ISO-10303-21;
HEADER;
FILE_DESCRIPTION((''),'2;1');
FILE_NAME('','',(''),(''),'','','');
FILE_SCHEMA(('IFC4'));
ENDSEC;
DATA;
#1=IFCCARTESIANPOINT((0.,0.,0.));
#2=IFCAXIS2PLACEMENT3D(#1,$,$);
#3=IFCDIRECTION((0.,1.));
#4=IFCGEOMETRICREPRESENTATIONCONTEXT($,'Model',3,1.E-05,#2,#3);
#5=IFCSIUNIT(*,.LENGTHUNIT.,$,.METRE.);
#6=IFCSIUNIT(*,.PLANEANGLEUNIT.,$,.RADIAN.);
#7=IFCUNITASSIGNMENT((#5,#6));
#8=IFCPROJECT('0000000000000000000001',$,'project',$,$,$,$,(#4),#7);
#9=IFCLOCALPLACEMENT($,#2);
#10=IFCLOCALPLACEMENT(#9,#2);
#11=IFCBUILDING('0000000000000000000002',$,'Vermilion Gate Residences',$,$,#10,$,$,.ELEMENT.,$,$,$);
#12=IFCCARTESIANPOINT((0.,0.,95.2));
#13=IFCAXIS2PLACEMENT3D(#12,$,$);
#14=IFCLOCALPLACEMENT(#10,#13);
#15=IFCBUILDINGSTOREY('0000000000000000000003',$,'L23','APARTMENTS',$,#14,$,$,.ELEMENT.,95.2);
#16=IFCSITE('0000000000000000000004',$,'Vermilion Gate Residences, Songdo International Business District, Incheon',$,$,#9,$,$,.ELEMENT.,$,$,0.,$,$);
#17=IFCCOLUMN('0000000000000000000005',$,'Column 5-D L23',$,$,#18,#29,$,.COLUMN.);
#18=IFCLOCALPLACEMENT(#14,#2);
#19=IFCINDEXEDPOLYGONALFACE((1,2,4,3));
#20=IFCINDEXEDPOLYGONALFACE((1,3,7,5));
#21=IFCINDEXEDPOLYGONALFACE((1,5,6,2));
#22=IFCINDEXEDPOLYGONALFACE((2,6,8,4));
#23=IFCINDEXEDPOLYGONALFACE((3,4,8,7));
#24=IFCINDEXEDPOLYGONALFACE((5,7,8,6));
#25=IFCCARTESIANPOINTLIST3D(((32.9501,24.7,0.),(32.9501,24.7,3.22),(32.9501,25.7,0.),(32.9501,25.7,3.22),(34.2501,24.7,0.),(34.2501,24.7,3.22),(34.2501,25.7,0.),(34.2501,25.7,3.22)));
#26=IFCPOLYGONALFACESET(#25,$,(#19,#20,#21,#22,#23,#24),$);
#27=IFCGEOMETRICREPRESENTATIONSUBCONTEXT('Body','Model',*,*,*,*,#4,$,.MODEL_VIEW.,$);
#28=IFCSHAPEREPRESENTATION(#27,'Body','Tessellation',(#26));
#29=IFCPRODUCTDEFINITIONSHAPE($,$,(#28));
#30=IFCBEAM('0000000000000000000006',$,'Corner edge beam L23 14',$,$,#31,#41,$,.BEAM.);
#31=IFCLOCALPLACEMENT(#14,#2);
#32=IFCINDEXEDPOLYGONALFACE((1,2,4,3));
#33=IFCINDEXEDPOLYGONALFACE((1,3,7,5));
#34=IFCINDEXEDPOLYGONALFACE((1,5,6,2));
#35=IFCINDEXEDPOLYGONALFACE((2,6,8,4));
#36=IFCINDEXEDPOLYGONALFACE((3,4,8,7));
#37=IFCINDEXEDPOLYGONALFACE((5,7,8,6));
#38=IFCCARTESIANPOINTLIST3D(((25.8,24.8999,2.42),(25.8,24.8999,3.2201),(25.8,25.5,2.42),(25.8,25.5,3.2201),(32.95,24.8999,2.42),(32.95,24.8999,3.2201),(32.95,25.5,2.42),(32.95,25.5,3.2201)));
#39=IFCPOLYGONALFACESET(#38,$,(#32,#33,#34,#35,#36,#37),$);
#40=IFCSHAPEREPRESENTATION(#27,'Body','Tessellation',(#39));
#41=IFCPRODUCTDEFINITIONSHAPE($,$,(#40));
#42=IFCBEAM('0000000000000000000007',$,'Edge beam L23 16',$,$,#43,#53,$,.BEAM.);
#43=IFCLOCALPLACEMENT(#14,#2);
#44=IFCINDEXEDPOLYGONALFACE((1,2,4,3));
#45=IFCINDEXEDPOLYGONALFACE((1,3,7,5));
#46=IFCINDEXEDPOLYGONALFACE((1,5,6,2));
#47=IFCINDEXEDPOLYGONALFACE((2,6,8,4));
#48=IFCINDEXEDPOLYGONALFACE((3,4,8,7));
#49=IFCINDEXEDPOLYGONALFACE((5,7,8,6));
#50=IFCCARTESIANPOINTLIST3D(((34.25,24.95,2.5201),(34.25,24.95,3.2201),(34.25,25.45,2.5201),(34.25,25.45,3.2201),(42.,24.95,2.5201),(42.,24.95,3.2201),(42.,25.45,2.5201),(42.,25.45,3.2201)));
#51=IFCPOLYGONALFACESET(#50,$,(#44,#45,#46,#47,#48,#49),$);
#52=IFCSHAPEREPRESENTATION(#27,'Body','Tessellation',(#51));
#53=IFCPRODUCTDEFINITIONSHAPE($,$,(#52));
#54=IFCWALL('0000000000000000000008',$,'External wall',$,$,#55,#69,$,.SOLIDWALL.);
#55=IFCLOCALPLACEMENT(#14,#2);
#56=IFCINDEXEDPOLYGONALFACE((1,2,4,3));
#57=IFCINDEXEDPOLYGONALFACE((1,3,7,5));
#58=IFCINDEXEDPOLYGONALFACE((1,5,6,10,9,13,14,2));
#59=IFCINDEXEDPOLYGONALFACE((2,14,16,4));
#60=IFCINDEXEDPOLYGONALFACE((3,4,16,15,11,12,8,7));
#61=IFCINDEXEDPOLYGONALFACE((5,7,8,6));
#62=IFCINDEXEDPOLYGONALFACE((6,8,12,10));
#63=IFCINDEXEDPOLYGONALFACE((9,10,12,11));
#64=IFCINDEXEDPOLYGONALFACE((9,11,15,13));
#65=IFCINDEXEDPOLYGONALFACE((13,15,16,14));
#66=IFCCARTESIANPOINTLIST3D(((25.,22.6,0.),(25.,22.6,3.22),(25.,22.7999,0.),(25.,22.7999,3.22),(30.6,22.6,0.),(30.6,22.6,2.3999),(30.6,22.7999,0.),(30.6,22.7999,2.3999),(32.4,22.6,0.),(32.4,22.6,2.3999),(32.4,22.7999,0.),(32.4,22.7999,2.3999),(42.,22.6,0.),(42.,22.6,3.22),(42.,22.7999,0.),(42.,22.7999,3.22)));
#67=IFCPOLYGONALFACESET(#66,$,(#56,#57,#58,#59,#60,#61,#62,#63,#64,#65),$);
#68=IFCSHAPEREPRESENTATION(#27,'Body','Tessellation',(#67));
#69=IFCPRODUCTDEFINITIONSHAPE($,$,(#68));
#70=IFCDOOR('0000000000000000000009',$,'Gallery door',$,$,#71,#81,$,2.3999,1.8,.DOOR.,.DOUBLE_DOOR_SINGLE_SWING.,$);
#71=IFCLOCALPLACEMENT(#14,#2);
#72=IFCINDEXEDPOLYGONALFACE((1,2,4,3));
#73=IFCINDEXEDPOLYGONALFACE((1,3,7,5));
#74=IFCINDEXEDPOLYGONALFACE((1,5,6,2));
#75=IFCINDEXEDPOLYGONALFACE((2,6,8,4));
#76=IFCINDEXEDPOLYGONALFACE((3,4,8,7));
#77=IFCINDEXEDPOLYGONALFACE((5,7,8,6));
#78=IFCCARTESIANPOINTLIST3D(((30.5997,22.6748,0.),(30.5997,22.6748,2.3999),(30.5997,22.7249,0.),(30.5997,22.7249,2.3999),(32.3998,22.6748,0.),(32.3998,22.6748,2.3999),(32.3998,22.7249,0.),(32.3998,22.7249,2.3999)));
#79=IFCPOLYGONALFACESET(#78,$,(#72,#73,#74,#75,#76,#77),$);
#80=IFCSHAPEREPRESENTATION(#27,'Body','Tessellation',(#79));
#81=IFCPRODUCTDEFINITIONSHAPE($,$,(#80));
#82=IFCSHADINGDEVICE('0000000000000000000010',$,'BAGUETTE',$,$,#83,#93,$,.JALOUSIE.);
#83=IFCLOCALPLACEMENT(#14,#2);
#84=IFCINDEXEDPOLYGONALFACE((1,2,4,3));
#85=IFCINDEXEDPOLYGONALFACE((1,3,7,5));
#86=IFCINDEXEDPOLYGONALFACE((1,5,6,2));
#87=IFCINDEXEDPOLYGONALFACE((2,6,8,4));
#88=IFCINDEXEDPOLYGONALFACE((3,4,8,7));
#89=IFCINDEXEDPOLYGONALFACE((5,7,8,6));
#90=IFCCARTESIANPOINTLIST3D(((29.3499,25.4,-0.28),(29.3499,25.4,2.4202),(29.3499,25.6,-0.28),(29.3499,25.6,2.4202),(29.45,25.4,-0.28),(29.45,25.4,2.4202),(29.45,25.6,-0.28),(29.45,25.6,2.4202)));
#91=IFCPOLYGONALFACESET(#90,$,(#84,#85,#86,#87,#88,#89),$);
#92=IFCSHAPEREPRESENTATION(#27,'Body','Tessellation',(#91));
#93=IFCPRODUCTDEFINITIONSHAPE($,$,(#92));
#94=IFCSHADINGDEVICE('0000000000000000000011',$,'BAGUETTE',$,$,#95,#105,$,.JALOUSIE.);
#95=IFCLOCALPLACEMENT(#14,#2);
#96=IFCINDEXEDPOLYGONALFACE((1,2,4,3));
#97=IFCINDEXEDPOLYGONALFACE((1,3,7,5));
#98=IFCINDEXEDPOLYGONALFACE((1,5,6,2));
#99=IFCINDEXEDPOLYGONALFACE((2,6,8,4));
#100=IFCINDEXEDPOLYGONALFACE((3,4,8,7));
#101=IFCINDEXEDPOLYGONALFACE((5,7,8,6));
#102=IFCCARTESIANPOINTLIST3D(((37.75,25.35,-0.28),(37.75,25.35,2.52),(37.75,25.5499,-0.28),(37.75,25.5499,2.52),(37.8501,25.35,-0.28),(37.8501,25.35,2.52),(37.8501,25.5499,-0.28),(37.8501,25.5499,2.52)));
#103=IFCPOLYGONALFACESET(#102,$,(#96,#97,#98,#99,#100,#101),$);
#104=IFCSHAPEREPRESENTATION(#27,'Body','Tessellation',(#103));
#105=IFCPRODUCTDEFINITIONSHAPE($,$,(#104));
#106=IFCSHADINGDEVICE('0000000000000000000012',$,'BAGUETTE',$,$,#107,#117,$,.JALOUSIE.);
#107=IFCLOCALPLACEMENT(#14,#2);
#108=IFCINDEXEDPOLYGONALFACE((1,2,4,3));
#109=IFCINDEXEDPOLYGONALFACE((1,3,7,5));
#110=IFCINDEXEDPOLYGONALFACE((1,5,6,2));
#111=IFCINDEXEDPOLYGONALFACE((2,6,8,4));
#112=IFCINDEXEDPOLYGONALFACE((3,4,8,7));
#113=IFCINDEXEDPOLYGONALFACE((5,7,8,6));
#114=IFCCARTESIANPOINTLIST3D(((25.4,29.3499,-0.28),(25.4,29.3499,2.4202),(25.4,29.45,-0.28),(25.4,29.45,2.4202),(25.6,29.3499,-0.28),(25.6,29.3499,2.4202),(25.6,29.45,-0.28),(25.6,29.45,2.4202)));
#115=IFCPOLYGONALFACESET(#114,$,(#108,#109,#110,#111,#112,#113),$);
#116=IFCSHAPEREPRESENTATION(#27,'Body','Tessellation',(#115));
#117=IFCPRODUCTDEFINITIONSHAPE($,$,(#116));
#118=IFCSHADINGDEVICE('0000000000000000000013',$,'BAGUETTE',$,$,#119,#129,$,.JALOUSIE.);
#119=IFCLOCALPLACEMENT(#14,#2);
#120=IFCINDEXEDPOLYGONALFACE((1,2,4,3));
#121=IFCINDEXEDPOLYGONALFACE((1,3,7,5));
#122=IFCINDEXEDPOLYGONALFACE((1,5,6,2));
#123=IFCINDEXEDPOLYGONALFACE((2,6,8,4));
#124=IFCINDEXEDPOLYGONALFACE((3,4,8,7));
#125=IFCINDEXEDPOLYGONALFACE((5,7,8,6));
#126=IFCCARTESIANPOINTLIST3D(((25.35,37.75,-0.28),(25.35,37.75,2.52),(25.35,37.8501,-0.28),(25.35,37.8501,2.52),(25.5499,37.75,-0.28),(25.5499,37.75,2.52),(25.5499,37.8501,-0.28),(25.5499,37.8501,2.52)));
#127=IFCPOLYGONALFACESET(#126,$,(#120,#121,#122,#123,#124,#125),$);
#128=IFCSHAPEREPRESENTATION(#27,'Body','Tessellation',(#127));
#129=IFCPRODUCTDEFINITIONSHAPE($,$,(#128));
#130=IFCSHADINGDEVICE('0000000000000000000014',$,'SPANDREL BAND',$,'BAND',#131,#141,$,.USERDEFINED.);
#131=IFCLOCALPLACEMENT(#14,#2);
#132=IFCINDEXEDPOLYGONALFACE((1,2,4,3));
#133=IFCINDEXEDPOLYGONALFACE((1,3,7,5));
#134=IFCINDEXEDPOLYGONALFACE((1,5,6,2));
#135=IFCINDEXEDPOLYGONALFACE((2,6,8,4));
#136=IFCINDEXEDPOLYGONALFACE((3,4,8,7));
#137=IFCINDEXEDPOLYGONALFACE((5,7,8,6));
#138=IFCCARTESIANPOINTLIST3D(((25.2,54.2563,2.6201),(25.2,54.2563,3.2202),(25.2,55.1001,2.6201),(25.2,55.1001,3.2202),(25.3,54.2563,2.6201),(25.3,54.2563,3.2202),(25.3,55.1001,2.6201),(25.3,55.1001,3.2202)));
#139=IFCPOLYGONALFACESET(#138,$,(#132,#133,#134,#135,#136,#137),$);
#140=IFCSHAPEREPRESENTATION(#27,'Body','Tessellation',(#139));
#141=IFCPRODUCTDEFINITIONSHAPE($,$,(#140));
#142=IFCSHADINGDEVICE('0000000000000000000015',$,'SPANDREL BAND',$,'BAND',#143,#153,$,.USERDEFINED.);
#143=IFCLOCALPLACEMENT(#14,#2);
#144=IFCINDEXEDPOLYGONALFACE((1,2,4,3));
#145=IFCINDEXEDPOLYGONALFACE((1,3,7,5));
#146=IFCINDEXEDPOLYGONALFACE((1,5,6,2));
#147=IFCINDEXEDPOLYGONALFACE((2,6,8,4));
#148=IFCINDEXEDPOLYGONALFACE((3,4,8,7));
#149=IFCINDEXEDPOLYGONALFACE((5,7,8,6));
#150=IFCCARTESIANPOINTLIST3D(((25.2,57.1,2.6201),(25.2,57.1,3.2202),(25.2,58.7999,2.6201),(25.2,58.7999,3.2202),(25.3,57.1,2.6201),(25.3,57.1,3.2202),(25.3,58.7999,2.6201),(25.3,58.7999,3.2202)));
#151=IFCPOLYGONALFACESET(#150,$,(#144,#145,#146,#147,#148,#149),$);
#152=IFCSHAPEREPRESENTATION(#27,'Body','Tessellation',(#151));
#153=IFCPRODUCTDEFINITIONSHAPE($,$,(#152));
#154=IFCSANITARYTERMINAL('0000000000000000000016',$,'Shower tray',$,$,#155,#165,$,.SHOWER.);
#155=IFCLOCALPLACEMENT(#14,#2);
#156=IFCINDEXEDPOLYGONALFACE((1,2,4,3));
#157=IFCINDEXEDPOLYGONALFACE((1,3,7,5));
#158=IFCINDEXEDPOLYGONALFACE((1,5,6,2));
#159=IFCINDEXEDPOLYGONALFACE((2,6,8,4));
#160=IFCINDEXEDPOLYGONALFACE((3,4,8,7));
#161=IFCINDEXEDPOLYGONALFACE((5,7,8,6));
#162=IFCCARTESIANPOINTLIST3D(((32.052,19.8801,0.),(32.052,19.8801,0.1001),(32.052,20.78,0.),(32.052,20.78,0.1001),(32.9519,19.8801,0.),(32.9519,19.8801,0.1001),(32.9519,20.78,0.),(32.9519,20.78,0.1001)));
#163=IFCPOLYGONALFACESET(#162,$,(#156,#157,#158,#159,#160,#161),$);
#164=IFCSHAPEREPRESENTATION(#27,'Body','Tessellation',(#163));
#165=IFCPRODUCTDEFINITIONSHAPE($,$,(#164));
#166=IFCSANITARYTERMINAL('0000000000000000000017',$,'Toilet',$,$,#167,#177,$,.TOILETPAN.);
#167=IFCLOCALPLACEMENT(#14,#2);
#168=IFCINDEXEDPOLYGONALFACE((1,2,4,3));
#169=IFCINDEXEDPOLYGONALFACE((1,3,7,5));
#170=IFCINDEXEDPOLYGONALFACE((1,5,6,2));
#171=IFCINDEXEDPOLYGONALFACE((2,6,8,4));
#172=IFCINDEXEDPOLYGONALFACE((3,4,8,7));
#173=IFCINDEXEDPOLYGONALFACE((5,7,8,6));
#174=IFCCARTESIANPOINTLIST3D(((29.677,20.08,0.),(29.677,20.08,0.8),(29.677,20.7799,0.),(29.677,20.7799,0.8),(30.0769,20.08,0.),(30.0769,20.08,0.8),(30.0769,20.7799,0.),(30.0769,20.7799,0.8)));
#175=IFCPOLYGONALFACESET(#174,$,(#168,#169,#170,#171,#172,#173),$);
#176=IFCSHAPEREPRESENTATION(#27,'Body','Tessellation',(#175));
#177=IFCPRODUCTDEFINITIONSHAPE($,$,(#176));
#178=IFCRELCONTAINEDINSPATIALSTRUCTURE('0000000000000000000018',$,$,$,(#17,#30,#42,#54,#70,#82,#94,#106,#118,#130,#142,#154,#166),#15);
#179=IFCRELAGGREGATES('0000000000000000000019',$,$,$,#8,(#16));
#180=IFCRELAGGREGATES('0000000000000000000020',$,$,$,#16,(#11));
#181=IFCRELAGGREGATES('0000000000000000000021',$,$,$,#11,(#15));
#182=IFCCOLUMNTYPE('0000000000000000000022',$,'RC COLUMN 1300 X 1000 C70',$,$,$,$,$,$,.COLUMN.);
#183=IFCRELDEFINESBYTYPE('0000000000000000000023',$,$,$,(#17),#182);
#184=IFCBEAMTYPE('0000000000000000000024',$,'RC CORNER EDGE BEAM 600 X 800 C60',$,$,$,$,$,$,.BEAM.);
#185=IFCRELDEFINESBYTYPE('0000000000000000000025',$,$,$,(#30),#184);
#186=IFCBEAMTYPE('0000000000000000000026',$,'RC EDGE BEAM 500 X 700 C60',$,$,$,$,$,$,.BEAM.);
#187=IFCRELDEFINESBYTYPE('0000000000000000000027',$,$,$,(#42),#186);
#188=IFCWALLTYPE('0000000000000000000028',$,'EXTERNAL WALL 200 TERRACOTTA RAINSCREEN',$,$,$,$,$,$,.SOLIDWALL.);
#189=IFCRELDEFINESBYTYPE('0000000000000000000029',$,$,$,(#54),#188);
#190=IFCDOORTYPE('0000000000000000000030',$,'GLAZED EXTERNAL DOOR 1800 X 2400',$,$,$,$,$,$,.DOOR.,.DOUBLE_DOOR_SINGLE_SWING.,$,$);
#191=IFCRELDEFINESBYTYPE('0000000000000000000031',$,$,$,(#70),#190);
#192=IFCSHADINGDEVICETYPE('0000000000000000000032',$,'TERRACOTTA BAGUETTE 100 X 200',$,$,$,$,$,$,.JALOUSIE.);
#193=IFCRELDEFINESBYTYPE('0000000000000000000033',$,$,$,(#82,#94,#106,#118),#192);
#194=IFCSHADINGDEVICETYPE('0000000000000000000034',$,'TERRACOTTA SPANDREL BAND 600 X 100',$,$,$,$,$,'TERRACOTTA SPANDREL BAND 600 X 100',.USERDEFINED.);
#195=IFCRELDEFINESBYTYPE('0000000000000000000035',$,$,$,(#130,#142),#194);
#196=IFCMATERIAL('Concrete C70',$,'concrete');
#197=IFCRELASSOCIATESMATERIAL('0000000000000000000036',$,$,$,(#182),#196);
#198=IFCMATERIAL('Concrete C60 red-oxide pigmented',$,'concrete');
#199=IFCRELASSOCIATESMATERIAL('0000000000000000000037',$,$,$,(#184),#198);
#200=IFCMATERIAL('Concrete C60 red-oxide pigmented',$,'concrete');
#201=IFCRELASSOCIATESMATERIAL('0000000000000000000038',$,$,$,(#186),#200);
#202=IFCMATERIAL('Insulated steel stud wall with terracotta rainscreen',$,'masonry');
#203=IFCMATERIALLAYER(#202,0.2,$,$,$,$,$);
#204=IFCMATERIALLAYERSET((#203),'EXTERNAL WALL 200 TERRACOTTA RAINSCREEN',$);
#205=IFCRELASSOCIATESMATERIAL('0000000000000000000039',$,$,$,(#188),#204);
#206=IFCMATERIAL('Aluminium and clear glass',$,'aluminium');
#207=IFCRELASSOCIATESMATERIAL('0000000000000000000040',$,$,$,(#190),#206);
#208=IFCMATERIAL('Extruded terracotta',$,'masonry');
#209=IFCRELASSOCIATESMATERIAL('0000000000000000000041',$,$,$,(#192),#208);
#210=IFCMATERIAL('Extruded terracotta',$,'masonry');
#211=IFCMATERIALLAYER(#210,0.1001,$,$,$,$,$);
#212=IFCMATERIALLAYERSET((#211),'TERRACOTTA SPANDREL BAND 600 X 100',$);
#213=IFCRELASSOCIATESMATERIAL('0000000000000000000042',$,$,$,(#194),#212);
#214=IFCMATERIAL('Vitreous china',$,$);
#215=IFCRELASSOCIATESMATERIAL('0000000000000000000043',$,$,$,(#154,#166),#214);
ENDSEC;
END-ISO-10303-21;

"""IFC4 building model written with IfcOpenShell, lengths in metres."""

from ifc_helpers import new_model, si_unit, direction, frame, frame_2d, origin, origin_2d, place, context, subcontext, project, spatial, rectangle, extrude, material, layer, layer_set, material_profile, profile_set, type_object, element, fill, save


model = new_model("IFC4")

# Units and contexts
model_context = context("Model", 3, precision=1e-05, world=origin(), true_north=direction((0.0, 1.0)))
body_context = subcontext(model_context, "Body", "Model", "MODEL_VIEW")
ifc_project = project(units=[si_unit("LENGTHUNIT", "METRE"), si_unit("PLANEANGLEUNIT", "RADIAN")], contexts=[model_context])

# Site, building, storey
site_placement = place(None, origin())
site = spatial("IfcSite", under=ifc_project, at=site_placement, Name="Vermilion Gate Residences, Songdo International Business District, Incheon", CompositionType="ELEMENT", RefElevation=0.0)
building_placement = place(site_placement, origin())
building = spatial("IfcBuilding", under=site, at=building_placement, Name="Vermilion Gate Residences", CompositionType="ELEMENT")
storey_placement = place(building_placement, frame((0.0, 0.0, 95.2)))
storey = spatial("IfcBuildingStorey", under=building, at=storey_placement, Name="L23", Description="APARTMENTS", CompositionType="ELEMENT", Elevation=95.2)

# Column
ifc_material_1 = material(Name="Concrete C70", Category="concrete")
ifc_material_profile_1 = material_profile(ifc_material_1, rectangle(XDim=1.3, YDim=1.0, at=origin_2d()), Name="RC-1300x1000")
ifc_profile_set_1 = profile_set([ifc_material_profile_1], Name="Concrete C70")
column_type = type_object("IfcColumnType", Name="RC COLUMN 1300 X 1000 C70", PredefinedType="COLUMN", material=ifc_profile_set_1)
column_placement = place(storey_placement, frame((33.6001, 25.2, 0.0), z_axis=(0.0, 0.0, 1.0), x_axis=(1.0, 0.0, 0.0)))
element("IfcColumn", 1, at=column_placement, inside=storey, type_object=column_type, Name="Column 5-D L23", PredefinedType="COLUMN", context=body_context, shape_type="SweptSolid", body=[
    extrude(rectangle(XDim=1.3, YDim=1.0, at=origin_2d()), origin(), (0.0, 0.0, 1.0), 3.22),
])

# Beams
ifc_material_2 = material(Name="Concrete C60 red-oxide pigmented", Category="concrete")
ifc_material_profile_2 = material_profile(ifc_material_2, rectangle(XDim=0.6001, YDim=0.8, at=origin_2d()), Name="RC-600x800")
ifc_profile_set_2 = profile_set([ifc_material_profile_2], Name="Concrete C60 red-oxide pigmented")
beam_type_1 = type_object("IfcBeamType", Name="RC CORNER EDGE BEAM 600 X 800 C60", PredefinedType="BEAM", material=ifc_profile_set_2)
beam_1_placement = place(storey_placement, frame((25.8, 25.2, 2.8201), z_axis=(1.0, 0.0, 0.0), x_axis=(0.0, 1.0, 0.0)))
element("IfcBeam", 2, at=beam_1_placement, inside=storey, type_object=beam_type_1, Name="Corner edge beam L23 14", PredefinedType="BEAM", context=body_context, shape_type="SweptSolid", body=[
    extrude(rectangle(XDim=0.6001, YDim=0.8, at=origin_2d()), origin(), (0.0, 0.0, 1.0), 7.1499),
])
ifc_material_3 = material(Name="Concrete C60 red-oxide pigmented", Category="concrete")
ifc_material_profile_3 = material_profile(ifc_material_3, rectangle(XDim=0.5, YDim=0.7, at=origin_2d()), Name="RC-500x700")
ifc_profile_set_3 = profile_set([ifc_material_profile_3], Name="Concrete C60 red-oxide pigmented")
beam_type_2 = type_object("IfcBeamType", Name="RC EDGE BEAM 500 X 700 C60", PredefinedType="BEAM", material=ifc_profile_set_3)
beam_2_placement = place(storey_placement, frame((34.25, 25.2, 2.8701), z_axis=(1.0, 0.0, 0.0), x_axis=(0.0, 1.0, 0.0)))
element("IfcBeam", 3, at=beam_2_placement, inside=storey, type_object=beam_type_2, Name="Edge beam L23 16", PredefinedType="BEAM", context=body_context, shape_type="SweptSolid", body=[
    extrude(rectangle(XDim=0.5, YDim=0.7, at=origin_2d()), origin(), (0.0, 0.0, 1.0), 7.75),
])

# Wall, opening, door
ifc_material_4 = material(Name="Insulated steel stud wall with terracotta rainscreen", Category="masonry")
ifc_layer_1 = layer(ifc_material_4, 0.2)
ifc_layer_set_1 = layer_set([ifc_layer_1], Name="EXTERNAL WALL 200 TERRACOTTA RAINSCREEN")
wall_type = type_object("IfcWallType", Name="EXTERNAL WALL 200 TERRACOTTA RAINSCREEN", PredefinedType="SOLIDWALL", material=ifc_layer_set_1)
wall_placement = place(storey_placement, frame((42.0, 22.7, 0.0), z_axis=(0.0, 0.0, 1.0), x_axis=(-1.0, 0.0, 0.0)))
wall = element("IfcWall", 4, at=wall_placement, inside=storey, type_object=wall_type, Name="External wall", PredefinedType="SOLIDWALL", context=body_context, shape_type="SweptSolid", body=[
    extrude(rectangle(XDim=17.0, YDim=0.2, at=frame_2d((8.5, 0.0))), origin(), (0.0, 0.0, 1.0), 3.22),
])
opening_placement = place(wall_placement, frame((9.6001, 0.0, 0.0)))
opening = element("IfcOpeningElement", 5, at=opening_placement, cuts=wall, PredefinedType="OPENING", context=body_context, shape_type="SweptSolid", body=[
    extrude(rectangle(XDim=1.8, YDim=2.3999, at=frame_2d((0.8999, 1.2))), frame((0.0, 0.1099, 0.0), z_axis=(0.0, -1.0, 0.0), x_axis=(1.0, 0.0, 0.0)), (0.0, 0.0, 1.0), 0.22),
])
ifc_material_5 = material(Name="Aluminium and clear glass", Category="aluminium")
door_type = type_object("IfcDoorType", Name="GLAZED EXTERNAL DOOR 1800 X 2400", OperationType="DOUBLE_DOOR_SINGLE_SWING", PredefinedType="DOOR", material=ifc_material_5)
door_placement = place(opening_placement, frame((1.8, 0.0, 0.0), z_axis=(0.0, 0.0, 1.0), x_axis=(-1.0, 0.0, 0.0)))
door = element("IfcDoor", 6, at=door_placement, inside=storey, type_object=door_type, Name="Gallery door", OperationType="DOUBLE_DOOR_SINGLE_SWING", OverallHeight=2.3999, OverallWidth=1.8, PredefinedType="DOOR", context=body_context, shape_type="SweptSolid", body=[
    extrude(rectangle(XDim=1.8, YDim=2.3999, at=frame_2d((0.8999, 1.2))), frame((0.0, 0.0249, 0.0), z_axis=(0.0, -1.0, 0.0), x_axis=(1.0, 0.0, 0.0)), (0.0, 0.0, 1.0), 0.05),
])
fill(opening, door)

# Shading devices
ifc_material_6 = material(Name="Extruded terracotta", Category="masonry")
ifc_material_profile_4 = material_profile(ifc_material_6, rectangle(XDim=0.2, YDim=0.1001, at=origin_2d()), Name="BAGUETTE 100 X 200")
ifc_profile_set_4 = profile_set([ifc_material_profile_4], Name="Extruded terracotta")
shading_device_type_1 = type_object("IfcShadingDeviceType", Name="TERRACOTTA BAGUETTE 100 X 200", PredefinedType="JALOUSIE", material=ifc_profile_set_4)
shading_device_1_placement = place(storey_placement, frame((29.3999, 25.5, -0.28), z_axis=(0.0, 0.0, 1.0), x_axis=(0.0, -1.0, 0.0)))
element("IfcShadingDevice", 7, at=shading_device_1_placement, inside=storey, type_object=shading_device_type_1, Name="BAGUETTE", PredefinedType="JALOUSIE", context=body_context, shape_type="SweptSolid", body=[
    extrude(rectangle(XDim=0.2, YDim=0.1001, at=origin_2d()), origin(), (0.0, 0.0, 1.0), 2.7002),
])
shading_device_2_placement = place(storey_placement, frame((37.8, 25.45, -0.28), z_axis=(0.0, 0.0, 1.0), x_axis=(0.0, -1.0, 0.0)))
element("IfcShadingDevice", 8, at=shading_device_2_placement, inside=storey, type_object=shading_device_type_1, Name="BAGUETTE", PredefinedType="JALOUSIE", context=body_context, shape_type="SweptSolid", body=[
    extrude(rectangle(XDim=0.2, YDim=0.1001, at=origin_2d()), origin(), (0.0, 0.0, 1.0), 2.8),
])
shading_device_3_placement = place(storey_placement, frame((25.5, 29.3999, -0.28), z_axis=(0.0, 0.0, 1.0), x_axis=(-1.0, 0.0, 0.0)))
element("IfcShadingDevice", 9, at=shading_device_3_placement, inside=storey, type_object=shading_device_type_1, Name="BAGUETTE", PredefinedType="JALOUSIE", context=body_context, shape_type="SweptSolid", body=[
    extrude(rectangle(XDim=0.2, YDim=0.1001, at=origin_2d()), origin(), (0.0, 0.0, 1.0), 2.7002),
])
shading_device_4_placement = place(storey_placement, frame((25.45, 37.8, -0.28), z_axis=(0.0, 0.0, 1.0), x_axis=(-1.0, 0.0, 0.0)))
element("IfcShadingDevice", 10, at=shading_device_4_placement, inside=storey, type_object=shading_device_type_1, Name="BAGUETTE", PredefinedType="JALOUSIE", context=body_context, shape_type="SweptSolid", body=[
    extrude(rectangle(XDim=0.2, YDim=0.1001, at=origin_2d()), origin(), (0.0, 0.0, 1.0), 2.8),
])
ifc_material_7 = material(Name="Extruded terracotta", Category="masonry")
ifc_layer_2 = layer(ifc_material_7, 0.1001)
ifc_layer_set_2 = layer_set([ifc_layer_2], Name="TERRACOTTA SPANDREL BAND 600 X 100")
shading_device_type_2 = type_object("IfcShadingDeviceType", Name="TERRACOTTA SPANDREL BAND 600 X 100", ElementType="TERRACOTTA SPANDREL BAND 600 X 100", PredefinedType="USERDEFINED", material=ifc_layer_set_2)
shading_device_5_placement = place(storey_placement, frame((25.25, 54.6782, 2.6201), z_axis=(0.0, 0.0, 1.0), x_axis=(0.0, 1.0, 0.0)))
element("IfcShadingDevice", 11, at=shading_device_5_placement, inside=storey, type_object=shading_device_type_2, Name="SPANDREL BAND", ObjectType="BAND", PredefinedType="USERDEFINED", context=body_context, shape_type="SweptSolid", body=[
    extrude(rectangle(XDim=0.8438, YDim=0.1001, at=origin_2d()), origin(), (0.0, 0.0, 1.0), 0.6001),
])
shading_device_6_placement = place(storey_placement, frame((25.25, 57.95, 2.6201), z_axis=(0.0, 0.0, 1.0), x_axis=(0.0, 1.0, 0.0)))
element("IfcShadingDevice", 12, at=shading_device_6_placement, inside=storey, type_object=shading_device_type_2, Name="SPANDREL BAND", ObjectType="BAND", PredefinedType="USERDEFINED", context=body_context, shape_type="SweptSolid", body=[
    extrude(rectangle(XDim=1.7, YDim=0.1001, at=origin_2d()), origin(), (0.0, 0.0, 1.0), 0.6001),
])

# Sanitary terminals
ifc_material_8 = material(Name="Vitreous china")
sanitary_terminal_1_placement = place(storey_placement, frame((32.502, 20.3301, 0.0), z_axis=(0.0, 0.0, 1.0), x_axis=(1.0, 0.0, 0.0)))
element("IfcSanitaryTerminal", 13, at=sanitary_terminal_1_placement, inside=storey, material=ifc_material_8, Name="Shower tray", PredefinedType="SHOWER", context=body_context, shape_type="SweptSolid", body=[
    extrude(rectangle(XDim=0.8999, YDim=0.8999, at=origin_2d()), origin(), (0.0, 0.0, 1.0), 0.1001),
])
sanitary_terminal_2_placement = place(storey_placement, frame((29.877, 20.4299, 0.0), z_axis=(0.0, 0.0, 1.0), x_axis=(1.0, 0.0, 0.0)))
element("IfcSanitaryTerminal", 14, at=sanitary_terminal_2_placement, inside=storey, material=ifc_material_8, Name="Toilet", PredefinedType="TOILETPAN", context=body_context, shape_type="SweptSolid", body=[
    extrude(rectangle(XDim=0.3999, YDim=0.7, at=origin_2d()), origin(), (0.0, 0.0, 1.0), 0.8),
])

save(model, "model.ifc")
